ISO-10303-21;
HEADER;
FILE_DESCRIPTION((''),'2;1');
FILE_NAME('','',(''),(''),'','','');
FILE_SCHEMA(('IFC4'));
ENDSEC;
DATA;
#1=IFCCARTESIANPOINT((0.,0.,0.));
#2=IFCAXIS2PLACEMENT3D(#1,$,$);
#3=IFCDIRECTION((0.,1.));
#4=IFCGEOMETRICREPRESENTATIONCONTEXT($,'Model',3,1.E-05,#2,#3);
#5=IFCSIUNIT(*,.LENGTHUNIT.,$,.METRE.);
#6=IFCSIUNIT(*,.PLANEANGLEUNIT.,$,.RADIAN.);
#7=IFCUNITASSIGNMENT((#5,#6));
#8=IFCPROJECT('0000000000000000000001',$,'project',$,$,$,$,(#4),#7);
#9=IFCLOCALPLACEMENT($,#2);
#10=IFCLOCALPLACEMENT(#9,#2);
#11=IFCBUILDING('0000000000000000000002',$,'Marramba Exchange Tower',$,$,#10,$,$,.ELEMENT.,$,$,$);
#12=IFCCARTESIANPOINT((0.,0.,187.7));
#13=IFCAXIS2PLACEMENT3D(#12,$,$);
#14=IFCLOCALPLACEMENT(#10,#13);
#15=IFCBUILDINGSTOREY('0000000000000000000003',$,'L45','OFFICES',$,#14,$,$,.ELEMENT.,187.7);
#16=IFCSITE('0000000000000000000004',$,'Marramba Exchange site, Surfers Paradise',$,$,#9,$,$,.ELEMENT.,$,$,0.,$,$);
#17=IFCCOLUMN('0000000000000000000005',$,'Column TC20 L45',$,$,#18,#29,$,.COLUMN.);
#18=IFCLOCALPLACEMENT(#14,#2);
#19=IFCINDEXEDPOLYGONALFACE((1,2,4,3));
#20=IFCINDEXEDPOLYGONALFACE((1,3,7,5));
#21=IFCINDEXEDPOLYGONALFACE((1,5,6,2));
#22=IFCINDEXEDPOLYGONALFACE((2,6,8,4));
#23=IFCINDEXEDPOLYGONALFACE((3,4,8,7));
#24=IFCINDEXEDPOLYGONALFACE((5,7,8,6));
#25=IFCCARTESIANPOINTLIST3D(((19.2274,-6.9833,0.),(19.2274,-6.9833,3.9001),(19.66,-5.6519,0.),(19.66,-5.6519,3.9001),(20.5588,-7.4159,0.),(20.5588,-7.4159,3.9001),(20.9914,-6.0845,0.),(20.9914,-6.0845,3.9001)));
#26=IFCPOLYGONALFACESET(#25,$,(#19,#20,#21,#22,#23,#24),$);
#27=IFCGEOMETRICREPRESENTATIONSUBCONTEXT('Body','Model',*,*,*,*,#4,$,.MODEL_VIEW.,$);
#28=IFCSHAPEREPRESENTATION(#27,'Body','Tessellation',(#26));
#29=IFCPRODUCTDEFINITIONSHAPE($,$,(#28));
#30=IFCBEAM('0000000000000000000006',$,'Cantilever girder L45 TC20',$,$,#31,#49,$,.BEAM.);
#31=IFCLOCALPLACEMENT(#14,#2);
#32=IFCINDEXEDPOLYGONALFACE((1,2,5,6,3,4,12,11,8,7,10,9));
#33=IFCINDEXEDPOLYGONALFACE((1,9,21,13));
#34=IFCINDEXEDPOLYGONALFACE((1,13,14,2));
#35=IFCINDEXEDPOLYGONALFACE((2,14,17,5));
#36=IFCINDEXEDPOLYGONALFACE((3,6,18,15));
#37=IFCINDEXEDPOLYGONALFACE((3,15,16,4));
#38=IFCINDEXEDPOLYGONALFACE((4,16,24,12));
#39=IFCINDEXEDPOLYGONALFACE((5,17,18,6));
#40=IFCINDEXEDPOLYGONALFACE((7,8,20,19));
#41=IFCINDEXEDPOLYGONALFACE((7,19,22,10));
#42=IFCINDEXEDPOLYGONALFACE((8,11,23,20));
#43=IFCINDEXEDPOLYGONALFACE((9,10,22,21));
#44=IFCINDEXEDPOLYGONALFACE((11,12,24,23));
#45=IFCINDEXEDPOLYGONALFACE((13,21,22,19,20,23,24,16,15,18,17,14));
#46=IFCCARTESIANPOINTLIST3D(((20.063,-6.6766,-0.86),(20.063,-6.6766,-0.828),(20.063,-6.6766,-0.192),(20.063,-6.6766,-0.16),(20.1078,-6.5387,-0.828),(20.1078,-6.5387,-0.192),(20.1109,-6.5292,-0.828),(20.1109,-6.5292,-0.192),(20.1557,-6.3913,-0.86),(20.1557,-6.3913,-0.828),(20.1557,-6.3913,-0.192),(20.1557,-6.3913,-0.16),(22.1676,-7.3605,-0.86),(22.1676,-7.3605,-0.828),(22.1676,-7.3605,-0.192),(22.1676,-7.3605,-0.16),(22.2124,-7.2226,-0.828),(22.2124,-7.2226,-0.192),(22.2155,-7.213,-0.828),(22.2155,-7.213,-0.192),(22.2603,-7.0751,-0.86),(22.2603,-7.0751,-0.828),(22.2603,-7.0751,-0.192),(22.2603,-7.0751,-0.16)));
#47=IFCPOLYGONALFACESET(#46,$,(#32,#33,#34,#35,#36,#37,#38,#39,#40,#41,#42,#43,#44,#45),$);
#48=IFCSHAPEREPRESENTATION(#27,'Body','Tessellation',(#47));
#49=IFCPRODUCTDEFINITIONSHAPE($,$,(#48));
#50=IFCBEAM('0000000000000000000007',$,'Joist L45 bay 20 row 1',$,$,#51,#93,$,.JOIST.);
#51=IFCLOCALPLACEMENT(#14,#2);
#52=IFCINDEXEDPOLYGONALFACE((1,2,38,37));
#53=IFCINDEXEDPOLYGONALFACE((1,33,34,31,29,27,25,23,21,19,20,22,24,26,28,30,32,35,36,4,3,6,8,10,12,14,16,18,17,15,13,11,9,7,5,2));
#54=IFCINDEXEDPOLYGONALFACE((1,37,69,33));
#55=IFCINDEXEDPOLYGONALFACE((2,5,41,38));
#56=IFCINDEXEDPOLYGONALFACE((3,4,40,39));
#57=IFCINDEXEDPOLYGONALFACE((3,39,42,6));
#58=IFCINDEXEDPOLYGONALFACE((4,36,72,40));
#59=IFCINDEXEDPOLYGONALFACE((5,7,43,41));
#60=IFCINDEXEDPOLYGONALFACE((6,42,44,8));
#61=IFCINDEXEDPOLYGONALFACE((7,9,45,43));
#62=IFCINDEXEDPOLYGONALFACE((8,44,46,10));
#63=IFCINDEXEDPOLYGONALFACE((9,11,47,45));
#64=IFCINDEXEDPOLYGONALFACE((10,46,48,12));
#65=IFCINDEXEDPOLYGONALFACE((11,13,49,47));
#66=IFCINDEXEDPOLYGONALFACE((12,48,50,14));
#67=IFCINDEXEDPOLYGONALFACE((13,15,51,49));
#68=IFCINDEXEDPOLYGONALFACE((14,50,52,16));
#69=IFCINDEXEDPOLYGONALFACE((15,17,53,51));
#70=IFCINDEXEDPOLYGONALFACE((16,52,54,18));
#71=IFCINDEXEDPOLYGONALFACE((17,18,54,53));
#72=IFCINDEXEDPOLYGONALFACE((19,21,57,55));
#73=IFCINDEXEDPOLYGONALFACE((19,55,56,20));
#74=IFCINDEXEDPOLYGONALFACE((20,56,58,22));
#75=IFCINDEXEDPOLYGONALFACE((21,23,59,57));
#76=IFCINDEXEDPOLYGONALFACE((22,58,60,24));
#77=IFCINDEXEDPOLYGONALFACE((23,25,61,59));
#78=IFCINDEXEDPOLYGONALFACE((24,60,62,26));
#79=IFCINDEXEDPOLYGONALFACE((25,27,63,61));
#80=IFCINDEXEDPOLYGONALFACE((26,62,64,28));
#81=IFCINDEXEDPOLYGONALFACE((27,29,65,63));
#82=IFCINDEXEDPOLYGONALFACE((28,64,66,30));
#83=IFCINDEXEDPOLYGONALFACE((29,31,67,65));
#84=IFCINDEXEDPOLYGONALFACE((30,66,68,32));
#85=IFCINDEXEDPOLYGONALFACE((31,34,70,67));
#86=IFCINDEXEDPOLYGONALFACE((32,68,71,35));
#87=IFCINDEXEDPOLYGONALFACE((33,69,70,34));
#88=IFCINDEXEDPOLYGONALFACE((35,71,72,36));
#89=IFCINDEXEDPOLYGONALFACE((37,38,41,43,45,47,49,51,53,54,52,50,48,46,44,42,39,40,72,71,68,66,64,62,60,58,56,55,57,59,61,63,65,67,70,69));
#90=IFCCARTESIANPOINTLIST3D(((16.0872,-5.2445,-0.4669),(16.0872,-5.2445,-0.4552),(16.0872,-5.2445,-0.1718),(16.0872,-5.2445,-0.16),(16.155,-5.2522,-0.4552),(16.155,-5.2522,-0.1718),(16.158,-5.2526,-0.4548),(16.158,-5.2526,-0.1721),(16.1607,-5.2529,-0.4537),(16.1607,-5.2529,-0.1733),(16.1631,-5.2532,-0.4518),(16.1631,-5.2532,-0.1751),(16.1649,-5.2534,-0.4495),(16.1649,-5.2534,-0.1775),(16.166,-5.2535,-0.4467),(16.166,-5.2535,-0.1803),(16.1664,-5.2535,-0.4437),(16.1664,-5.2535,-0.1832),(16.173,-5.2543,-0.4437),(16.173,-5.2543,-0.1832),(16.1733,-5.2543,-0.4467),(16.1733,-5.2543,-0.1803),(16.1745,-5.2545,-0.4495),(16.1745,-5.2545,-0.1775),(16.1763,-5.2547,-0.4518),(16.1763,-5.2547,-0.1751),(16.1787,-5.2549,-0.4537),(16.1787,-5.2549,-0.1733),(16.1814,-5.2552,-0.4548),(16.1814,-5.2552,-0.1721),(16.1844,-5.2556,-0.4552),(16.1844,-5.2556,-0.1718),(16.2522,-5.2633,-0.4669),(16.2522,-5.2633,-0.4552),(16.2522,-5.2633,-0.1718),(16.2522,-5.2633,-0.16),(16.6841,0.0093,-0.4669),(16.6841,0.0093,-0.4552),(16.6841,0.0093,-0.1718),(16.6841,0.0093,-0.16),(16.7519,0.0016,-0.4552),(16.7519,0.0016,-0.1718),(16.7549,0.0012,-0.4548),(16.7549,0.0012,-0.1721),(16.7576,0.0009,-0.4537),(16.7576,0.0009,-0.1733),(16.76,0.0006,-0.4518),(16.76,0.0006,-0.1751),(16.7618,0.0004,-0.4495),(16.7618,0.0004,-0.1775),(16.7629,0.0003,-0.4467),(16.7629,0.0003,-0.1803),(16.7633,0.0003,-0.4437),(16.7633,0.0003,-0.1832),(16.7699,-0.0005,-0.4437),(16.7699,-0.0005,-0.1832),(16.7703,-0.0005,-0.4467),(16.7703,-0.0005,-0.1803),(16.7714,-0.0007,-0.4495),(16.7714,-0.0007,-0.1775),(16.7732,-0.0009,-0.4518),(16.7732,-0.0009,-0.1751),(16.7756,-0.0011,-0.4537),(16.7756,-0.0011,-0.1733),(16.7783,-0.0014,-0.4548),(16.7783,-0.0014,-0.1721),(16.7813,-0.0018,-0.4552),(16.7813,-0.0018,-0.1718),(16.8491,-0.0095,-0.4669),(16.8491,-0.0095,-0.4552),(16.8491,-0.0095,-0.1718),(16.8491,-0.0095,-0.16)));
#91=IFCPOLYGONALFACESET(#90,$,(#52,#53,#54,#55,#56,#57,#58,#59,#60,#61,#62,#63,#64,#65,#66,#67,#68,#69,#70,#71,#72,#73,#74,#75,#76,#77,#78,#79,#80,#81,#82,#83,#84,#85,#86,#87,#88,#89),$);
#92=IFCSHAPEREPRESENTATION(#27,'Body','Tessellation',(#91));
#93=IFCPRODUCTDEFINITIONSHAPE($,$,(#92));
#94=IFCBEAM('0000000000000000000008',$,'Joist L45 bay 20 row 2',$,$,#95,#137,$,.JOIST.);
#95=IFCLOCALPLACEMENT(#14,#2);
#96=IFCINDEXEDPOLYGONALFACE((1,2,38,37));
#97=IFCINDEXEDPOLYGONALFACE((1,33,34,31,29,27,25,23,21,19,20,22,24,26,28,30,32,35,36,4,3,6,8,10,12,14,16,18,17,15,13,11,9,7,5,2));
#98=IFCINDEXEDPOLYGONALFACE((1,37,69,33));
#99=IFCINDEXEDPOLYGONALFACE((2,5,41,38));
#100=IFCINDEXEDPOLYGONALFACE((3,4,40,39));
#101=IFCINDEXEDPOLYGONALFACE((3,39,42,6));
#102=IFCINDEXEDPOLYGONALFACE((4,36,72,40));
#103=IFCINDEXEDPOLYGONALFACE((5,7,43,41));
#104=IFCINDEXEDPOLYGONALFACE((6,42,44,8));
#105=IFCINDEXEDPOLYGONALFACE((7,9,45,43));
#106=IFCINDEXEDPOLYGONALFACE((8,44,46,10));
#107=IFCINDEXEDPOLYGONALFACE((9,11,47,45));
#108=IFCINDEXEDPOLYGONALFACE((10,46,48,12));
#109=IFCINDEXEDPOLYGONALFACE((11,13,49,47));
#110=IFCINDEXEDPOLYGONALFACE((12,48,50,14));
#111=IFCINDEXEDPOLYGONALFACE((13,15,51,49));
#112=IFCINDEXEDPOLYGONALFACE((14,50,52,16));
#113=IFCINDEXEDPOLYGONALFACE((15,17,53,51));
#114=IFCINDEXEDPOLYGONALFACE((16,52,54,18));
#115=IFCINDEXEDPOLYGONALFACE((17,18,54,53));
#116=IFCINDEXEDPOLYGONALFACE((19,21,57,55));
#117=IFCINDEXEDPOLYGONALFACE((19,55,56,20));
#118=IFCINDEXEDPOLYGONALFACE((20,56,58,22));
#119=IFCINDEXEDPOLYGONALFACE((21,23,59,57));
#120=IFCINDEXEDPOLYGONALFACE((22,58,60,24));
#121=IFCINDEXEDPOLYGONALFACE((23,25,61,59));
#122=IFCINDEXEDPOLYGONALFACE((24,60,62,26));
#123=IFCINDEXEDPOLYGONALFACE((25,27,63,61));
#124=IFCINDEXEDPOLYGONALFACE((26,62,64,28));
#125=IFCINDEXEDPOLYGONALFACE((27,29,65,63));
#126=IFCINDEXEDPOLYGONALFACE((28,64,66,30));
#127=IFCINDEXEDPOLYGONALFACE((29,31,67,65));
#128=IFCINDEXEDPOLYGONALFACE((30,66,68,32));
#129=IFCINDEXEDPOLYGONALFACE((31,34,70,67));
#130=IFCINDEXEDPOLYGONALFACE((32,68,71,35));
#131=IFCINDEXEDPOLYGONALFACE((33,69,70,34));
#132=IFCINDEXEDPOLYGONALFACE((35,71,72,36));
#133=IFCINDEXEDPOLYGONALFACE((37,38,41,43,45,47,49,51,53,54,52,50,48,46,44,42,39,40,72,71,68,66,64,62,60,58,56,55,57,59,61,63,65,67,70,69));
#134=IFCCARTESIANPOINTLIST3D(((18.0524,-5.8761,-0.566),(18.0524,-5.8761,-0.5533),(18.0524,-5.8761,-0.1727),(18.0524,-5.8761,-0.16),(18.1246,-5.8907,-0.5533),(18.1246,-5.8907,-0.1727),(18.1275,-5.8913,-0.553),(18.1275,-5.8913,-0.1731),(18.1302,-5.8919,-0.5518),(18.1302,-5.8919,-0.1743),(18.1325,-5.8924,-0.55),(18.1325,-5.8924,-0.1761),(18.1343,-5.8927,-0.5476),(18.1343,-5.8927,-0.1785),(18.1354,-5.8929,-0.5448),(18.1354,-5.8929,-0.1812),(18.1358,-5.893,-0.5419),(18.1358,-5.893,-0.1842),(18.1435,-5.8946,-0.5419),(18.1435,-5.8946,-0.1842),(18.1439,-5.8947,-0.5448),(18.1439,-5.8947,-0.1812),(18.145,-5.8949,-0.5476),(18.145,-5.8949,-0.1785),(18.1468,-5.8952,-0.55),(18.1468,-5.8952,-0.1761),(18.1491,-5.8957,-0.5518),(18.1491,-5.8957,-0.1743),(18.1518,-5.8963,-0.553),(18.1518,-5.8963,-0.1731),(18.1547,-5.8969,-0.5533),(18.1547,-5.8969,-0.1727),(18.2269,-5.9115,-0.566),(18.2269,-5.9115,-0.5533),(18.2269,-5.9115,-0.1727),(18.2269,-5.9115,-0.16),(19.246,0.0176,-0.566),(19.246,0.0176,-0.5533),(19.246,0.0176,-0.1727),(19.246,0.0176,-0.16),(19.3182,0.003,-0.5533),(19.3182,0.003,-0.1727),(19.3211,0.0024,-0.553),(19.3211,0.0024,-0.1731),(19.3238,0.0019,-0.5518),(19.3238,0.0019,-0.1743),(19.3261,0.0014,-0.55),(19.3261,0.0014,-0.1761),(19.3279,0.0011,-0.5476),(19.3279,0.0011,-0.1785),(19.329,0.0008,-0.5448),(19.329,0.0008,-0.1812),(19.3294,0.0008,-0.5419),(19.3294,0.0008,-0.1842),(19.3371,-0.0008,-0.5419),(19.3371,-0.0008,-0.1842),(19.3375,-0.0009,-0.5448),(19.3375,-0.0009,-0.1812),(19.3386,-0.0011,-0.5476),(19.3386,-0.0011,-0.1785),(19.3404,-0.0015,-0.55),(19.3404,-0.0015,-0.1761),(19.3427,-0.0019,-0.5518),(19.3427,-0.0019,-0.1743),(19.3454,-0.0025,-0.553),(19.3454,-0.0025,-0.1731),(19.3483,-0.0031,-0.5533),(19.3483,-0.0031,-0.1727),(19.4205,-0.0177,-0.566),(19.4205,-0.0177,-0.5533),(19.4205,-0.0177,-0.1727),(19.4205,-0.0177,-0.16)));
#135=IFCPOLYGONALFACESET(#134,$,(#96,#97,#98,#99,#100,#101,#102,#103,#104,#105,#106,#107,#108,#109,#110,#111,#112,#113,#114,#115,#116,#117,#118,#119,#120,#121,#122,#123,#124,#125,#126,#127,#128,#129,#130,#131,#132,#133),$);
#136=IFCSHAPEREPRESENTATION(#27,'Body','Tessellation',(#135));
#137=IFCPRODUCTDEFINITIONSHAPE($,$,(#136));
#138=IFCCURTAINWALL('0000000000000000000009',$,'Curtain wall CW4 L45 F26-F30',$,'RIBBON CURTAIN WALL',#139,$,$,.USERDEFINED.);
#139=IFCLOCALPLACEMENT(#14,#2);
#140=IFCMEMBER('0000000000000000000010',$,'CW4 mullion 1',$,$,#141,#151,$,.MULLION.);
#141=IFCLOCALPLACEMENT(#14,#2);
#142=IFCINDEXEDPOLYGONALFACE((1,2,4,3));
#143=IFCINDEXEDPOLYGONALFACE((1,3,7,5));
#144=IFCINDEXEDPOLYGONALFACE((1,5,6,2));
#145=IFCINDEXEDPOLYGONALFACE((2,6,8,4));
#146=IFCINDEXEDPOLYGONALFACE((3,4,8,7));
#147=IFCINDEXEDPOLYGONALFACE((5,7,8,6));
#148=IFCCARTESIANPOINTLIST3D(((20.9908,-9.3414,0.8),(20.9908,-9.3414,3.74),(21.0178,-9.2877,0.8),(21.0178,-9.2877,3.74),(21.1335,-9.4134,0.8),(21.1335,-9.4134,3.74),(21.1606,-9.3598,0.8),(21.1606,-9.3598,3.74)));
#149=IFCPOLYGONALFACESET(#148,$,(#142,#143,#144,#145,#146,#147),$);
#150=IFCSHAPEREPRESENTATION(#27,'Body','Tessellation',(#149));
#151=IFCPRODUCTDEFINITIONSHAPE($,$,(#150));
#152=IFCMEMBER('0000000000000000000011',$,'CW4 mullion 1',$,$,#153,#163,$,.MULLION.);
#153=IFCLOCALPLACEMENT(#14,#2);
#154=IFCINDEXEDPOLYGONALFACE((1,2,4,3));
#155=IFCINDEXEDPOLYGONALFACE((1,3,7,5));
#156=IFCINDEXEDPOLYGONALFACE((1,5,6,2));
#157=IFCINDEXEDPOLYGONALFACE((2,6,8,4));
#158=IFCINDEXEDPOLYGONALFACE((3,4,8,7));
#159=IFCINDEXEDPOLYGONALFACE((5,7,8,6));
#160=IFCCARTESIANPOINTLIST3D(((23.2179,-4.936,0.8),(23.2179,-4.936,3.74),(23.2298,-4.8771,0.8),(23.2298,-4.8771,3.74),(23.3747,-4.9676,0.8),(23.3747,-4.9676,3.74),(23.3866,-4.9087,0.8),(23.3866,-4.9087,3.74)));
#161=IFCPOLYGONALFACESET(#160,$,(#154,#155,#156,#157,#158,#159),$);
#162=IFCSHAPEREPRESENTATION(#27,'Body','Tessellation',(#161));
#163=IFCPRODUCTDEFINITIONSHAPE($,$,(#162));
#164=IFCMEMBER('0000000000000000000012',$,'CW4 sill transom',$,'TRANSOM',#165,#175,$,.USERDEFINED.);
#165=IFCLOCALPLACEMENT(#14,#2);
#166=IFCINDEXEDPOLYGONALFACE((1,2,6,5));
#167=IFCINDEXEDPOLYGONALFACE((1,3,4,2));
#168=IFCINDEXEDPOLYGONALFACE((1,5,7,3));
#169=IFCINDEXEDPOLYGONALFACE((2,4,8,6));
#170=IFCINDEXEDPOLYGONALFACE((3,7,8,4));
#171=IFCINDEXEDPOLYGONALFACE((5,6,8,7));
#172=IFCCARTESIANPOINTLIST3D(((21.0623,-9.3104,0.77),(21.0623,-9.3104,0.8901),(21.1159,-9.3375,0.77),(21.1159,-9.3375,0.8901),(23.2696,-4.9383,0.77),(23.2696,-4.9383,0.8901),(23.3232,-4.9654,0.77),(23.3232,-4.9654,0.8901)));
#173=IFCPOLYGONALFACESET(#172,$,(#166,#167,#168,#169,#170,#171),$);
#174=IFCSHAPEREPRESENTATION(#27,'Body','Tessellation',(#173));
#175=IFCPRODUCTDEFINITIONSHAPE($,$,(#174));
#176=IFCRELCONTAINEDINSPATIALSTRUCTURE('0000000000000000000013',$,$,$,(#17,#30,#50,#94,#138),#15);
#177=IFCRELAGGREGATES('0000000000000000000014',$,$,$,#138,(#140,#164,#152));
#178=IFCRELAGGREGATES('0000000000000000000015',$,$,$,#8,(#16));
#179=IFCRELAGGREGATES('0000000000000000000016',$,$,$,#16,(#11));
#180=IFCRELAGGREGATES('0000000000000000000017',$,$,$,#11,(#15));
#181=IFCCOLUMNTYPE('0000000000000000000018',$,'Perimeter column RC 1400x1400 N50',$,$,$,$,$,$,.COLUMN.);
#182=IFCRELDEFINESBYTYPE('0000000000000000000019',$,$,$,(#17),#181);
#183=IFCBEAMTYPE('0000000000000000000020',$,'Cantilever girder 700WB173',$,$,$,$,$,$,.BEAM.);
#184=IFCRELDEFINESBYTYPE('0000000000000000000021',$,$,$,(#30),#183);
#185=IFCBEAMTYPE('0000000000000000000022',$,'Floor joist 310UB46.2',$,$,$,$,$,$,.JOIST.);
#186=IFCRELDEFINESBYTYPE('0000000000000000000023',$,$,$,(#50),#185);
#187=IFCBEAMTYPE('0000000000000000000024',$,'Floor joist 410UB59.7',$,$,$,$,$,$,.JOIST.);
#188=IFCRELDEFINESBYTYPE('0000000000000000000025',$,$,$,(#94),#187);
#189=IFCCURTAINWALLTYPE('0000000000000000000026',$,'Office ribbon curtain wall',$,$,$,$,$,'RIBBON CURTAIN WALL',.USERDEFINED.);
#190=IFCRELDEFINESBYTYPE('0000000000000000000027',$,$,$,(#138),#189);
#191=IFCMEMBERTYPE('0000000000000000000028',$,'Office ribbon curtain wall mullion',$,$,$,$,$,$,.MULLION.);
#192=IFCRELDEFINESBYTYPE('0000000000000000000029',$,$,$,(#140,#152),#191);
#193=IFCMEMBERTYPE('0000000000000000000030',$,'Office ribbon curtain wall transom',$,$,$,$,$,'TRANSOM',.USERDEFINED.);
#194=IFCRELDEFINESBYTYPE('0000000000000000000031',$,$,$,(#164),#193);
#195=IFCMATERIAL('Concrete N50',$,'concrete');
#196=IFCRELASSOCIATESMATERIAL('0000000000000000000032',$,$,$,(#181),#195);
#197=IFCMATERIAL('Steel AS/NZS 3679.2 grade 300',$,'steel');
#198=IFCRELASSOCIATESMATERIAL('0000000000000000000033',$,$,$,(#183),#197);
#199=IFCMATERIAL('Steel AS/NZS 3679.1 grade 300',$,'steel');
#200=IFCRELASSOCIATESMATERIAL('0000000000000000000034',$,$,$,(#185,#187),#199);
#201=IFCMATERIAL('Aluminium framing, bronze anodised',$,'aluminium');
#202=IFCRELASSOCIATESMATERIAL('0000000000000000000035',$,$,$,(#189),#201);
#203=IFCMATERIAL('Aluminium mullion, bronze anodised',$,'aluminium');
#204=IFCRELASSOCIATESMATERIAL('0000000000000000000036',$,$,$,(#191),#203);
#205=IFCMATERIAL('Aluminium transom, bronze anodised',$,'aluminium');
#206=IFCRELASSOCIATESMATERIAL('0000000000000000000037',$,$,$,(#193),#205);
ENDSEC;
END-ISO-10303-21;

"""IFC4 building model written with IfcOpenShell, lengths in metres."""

from ifc_helpers import new_model, si_unit, direction, frame, origin, origin_2d, place, context, subcontext, project, spatial, rectangle, i_section, extrude, material, material_profile, profile_set, type_object, element, aggregate, save


model = new_model("IFC4")

# Units and contexts
model_context = context("Model", 3, precision=1e-05, world=origin(), true_north=direction((0.0, 1.0)))
body_context = subcontext(model_context, "Body", "Model", "MODEL_VIEW")
ifc_project = project(units=[si_unit("LENGTHUNIT", "METRE"), si_unit("PLANEANGLEUNIT", "RADIAN")], contexts=[model_context])

# Site, building, storey
site_placement = place(None, origin())
site = spatial("IfcSite", under=ifc_project, at=site_placement, Name="Marramba Exchange site, Surfers Paradise", CompositionType="ELEMENT", RefElevation=0.0)
building_placement = place(site_placement, origin())
building = spatial("IfcBuilding", under=site, at=building_placement, Name="Marramba Exchange Tower", CompositionType="ELEMENT")
storey_placement = place(building_placement, frame((0.0, 0.0, 187.7)))
storey = spatial("IfcBuildingStorey", under=building, at=storey_placement, Name="L45", Description="OFFICES", CompositionType="ELEMENT", Elevation=187.7)

# Column
ifc_material_1 = material(Name="Concrete N50", Category="concrete")
ifc_material_profile_1 = material_profile(ifc_material_1, rectangle(XDim=1.3999, YDim=1.3999, at=origin_2d()), Name="RC 1400x1400")
ifc_profile_set_1 = profile_set([ifc_material_profile_1], Name="Concrete N50")
column_type = type_object("IfcColumnType", Name="Perimeter column RC 1400x1400 N50", PredefinedType="COLUMN", material=ifc_profile_set_1)
column_placement = place(storey_placement, frame((20.1094, -6.5339, 0.0), z_axis=(0.0, 0.0, 1.0), x_axis=(0.951057, -0.309017, 0.0)))
element("IfcColumn", 1, at=column_placement, inside=storey, type_object=column_type, Name="Column TC20 L45", PredefinedType="COLUMN", context=body_context, shape_type="SweptSolid", body=[
    extrude(rectangle(XDim=1.3999, YDim=1.3999, at=origin_2d()), origin(), (0.0, 0.0, 1.0), 3.9001),
])

# Beams
ifc_material_2 = material(Name="Steel AS/NZS 3679.2 grade 300", Category="steel")
ifc_material_profile_2 = material_profile(ifc_material_2, i_section(OverallWidth=0.3, OverallDepth=0.7, WebThickness=0.01, FlangeThickness=0.032, at=origin_2d()), Name="700WB173")
ifc_profile_set_2 = profile_set([ifc_material_profile_2], Name="Steel AS/NZS 3679.2 grade 300")
beam_type_1 = type_object("IfcBeamType", Name="Cantilever girder 700WB173", PredefinedType="BEAM", material=ifc_profile_set_2)
beam_1_placement = place(storey_placement, frame((20.1094, -6.5339, -0.51), z_axis=(0.95105, -0.309036, 0.0), x_axis=(0.309036, 0.95105, 0.0)))
element("IfcBeam", 2, at=beam_1_placement, inside=storey, type_object=beam_type_1, Name="Cantilever girder L45 TC20", PredefinedType="BEAM", context=body_context, shape_type="SweptSolid", body=[
    extrude(i_section(OverallWidth=0.3, OverallDepth=0.7, WebThickness=0.01, FlangeThickness=0.032, at=origin_2d()), origin(), (0.0, 0.0, 1.0), 2.2129),
])
ifc_material_3 = material(Name="Steel AS/NZS 3679.1 grade 300", Category="steel")
ifc_material_profile_3 = material_profile(ifc_material_3, i_section(OverallWidth=0.166, OverallDepth=0.3069, WebThickness=0.0066, FlangeThickness=0.0117, FilletRadius=0.0115, at=origin_2d()), Name="310UB46.2")
ifc_profile_set_3 = profile_set([ifc_material_profile_3], Name="Steel AS/NZS 3679.1 grade 300")
beam_type_2 = type_object("IfcBeamType", Name="Floor joist 310UB46.2", PredefinedType="JOIST", material=ifc_profile_set_3)
beam_2_placement = place(storey_placement, frame((16.1697, -5.2539, -0.3135), z_axis=(0.112889, 0.993608, 0.0), x_axis=(-0.993608, 0.112889, 0.0)))
element("IfcBeam", 3, at=beam_2_placement, inside=storey, type_object=beam_type_2, Name="Joist L45 bay 20 row 1", PredefinedType="JOIST", context=body_context, shape_type="SweptSolid", body=[
    extrude(i_section(OverallWidth=0.166, OverallDepth=0.3069, WebThickness=0.0066, FlangeThickness=0.0117, FilletRadius=0.0115, at=origin_2d()), origin(), (0.0, 0.0, 1.0), 5.2876),
])
ifc_material_profile_4 = material_profile(ifc_material_3, i_section(OverallWidth=0.178, OverallDepth=0.406, WebThickness=0.0078, FlangeThickness=0.0127, FilletRadius=0.0115, at=origin_2d()), Name="410UB59.7")
ifc_profile_set_4 = profile_set([ifc_material_profile_4], Name="Steel AS/NZS 3679.1 grade 300")
beam_type_3 = type_object("IfcBeamType", Name="Floor joist 410UB59.7", PredefinedType="JOIST", material=ifc_profile_set_4)
beam_3_placement = place(storey_placement, frame((18.1396, -5.8938, -0.363), z_axis=(0.198489, 0.980103, 0.0), x_axis=(-0.980103, 0.198489, 0.0)))
element("IfcBeam", 4, at=beam_3_placement, inside=storey, type_object=beam_type_3, Name="Joist L45 bay 20 row 2", PredefinedType="JOIST", context=body_context, shape_type="SweptSolid", body=[
    extrude(i_section(OverallWidth=0.178, OverallDepth=0.406, WebThickness=0.0078, FlangeThickness=0.0127, FilletRadius=0.0115, at=origin_2d()), origin(), (0.0, 0.0, 1.0), 6.0134),
])

# Curtain wall, members
ifc_material_4 = material(Name="Aluminium framing, bronze anodised", Category="aluminium")
curtain_wall_type = type_object("IfcCurtainWallType", Name="Office ribbon curtain wall", ElementType="RIBBON CURTAIN WALL", PredefinedType="USERDEFINED", material=ifc_material_4)
curtain_wall_placement = place(storey_placement, origin())
curtain_wall = element("IfcCurtainWall", 5, at=curtain_wall_placement, inside=storey, type_object=curtain_wall_type, Name="Curtain wall CW4 L45 F26-F30", ObjectType="RIBBON CURTAIN WALL", PredefinedType="USERDEFINED")
ifc_material_5 = material(Name="Aluminium mullion, bronze anodised", Category="aluminium")
ifc_material_profile_5 = material_profile(ifc_material_5, rectangle(XDim=0.1599, YDim=0.0601, at=origin_2d()), Name="CW4 mullion 60x160")
ifc_profile_set_5 = profile_set([ifc_material_profile_5], Name="Aluminium mullion, bronze anodised")
member_type_1 = type_object("IfcMemberType", Name="Office ribbon curtain wall mullion", PredefinedType="MULLION", material=ifc_profile_set_5)
member_1_placement = place(storey_placement, frame((21.0757, -9.3506, 0.8), z_axis=(0.0, 0.0, 1.0), x_axis=(-0.892689, 0.450673, 0.0)))
member_1 = element("IfcMember", 6, at=member_1_placement, type_object=member_type_1, Name="CW4 mullion 1", PredefinedType="MULLION", context=body_context, shape_type="SweptSolid", body=[
    extrude(rectangle(XDim=0.1599, YDim=0.0601, at=origin_2d()), origin(), (0.0, 0.0, 1.0), 2.9399),
])
member_2_placement = place(storey_placement, frame((23.3022, -4.9224, 0.8), z_axis=(0.0, 0.0, 1.0), x_axis=(-0.980304, 0.197495, 0.0)))
member_2 = element("IfcMember", 7, at=member_2_placement, type_object=member_type_1, Name="CW4 mullion 1", PredefinedType="MULLION", context=body_context, shape_type="SweptSolid", body=[
    extrude(rectangle(XDim=0.1599, YDim=0.0601, at=origin_2d()), origin(), (0.0, 0.0, 1.0), 2.9399),
])
ifc_material_6 = material(Name="Aluminium transom, bronze anodised", Category="aluminium")
ifc_material_profile_6 = material_profile(ifc_material_6, rectangle(XDim=0.0601, YDim=0.1201, at=origin_2d()), Name="CW4 transom 60x120")
ifc_profile_set_6 = profile_set([ifc_material_profile_6], Name="Aluminium transom, bronze anodised")
member_type_2 = type_object("IfcMemberType", Name="Office ribbon curtain wall transom", ElementType="TRANSOM", PredefinedType="USERDEFINED", material=ifc_profile_set_6)
member_3_placement = place(storey_placement, frame((21.0891, -9.324, 0.8301), z_axis=(0.45068, 0.892686, 0.0), x_axis=(-0.892686, 0.45068, 0.0)))
member_3 = element("IfcMember", 8, at=member_3_placement, type_object=member_type_2, Name="CW4 sill transom", ObjectType="TRANSOM", PredefinedType="USERDEFINED", context=body_context, shape_type="SweptSolid", body=[
    extrude(rectangle(XDim=0.0601, YDim=0.1201, at=origin_2d()), origin(), (0.0, 0.0, 1.0), 4.8977),
])

aggregate(curtain_wall, [member_1, member_3, member_2])

save(model, "model.ifc")
